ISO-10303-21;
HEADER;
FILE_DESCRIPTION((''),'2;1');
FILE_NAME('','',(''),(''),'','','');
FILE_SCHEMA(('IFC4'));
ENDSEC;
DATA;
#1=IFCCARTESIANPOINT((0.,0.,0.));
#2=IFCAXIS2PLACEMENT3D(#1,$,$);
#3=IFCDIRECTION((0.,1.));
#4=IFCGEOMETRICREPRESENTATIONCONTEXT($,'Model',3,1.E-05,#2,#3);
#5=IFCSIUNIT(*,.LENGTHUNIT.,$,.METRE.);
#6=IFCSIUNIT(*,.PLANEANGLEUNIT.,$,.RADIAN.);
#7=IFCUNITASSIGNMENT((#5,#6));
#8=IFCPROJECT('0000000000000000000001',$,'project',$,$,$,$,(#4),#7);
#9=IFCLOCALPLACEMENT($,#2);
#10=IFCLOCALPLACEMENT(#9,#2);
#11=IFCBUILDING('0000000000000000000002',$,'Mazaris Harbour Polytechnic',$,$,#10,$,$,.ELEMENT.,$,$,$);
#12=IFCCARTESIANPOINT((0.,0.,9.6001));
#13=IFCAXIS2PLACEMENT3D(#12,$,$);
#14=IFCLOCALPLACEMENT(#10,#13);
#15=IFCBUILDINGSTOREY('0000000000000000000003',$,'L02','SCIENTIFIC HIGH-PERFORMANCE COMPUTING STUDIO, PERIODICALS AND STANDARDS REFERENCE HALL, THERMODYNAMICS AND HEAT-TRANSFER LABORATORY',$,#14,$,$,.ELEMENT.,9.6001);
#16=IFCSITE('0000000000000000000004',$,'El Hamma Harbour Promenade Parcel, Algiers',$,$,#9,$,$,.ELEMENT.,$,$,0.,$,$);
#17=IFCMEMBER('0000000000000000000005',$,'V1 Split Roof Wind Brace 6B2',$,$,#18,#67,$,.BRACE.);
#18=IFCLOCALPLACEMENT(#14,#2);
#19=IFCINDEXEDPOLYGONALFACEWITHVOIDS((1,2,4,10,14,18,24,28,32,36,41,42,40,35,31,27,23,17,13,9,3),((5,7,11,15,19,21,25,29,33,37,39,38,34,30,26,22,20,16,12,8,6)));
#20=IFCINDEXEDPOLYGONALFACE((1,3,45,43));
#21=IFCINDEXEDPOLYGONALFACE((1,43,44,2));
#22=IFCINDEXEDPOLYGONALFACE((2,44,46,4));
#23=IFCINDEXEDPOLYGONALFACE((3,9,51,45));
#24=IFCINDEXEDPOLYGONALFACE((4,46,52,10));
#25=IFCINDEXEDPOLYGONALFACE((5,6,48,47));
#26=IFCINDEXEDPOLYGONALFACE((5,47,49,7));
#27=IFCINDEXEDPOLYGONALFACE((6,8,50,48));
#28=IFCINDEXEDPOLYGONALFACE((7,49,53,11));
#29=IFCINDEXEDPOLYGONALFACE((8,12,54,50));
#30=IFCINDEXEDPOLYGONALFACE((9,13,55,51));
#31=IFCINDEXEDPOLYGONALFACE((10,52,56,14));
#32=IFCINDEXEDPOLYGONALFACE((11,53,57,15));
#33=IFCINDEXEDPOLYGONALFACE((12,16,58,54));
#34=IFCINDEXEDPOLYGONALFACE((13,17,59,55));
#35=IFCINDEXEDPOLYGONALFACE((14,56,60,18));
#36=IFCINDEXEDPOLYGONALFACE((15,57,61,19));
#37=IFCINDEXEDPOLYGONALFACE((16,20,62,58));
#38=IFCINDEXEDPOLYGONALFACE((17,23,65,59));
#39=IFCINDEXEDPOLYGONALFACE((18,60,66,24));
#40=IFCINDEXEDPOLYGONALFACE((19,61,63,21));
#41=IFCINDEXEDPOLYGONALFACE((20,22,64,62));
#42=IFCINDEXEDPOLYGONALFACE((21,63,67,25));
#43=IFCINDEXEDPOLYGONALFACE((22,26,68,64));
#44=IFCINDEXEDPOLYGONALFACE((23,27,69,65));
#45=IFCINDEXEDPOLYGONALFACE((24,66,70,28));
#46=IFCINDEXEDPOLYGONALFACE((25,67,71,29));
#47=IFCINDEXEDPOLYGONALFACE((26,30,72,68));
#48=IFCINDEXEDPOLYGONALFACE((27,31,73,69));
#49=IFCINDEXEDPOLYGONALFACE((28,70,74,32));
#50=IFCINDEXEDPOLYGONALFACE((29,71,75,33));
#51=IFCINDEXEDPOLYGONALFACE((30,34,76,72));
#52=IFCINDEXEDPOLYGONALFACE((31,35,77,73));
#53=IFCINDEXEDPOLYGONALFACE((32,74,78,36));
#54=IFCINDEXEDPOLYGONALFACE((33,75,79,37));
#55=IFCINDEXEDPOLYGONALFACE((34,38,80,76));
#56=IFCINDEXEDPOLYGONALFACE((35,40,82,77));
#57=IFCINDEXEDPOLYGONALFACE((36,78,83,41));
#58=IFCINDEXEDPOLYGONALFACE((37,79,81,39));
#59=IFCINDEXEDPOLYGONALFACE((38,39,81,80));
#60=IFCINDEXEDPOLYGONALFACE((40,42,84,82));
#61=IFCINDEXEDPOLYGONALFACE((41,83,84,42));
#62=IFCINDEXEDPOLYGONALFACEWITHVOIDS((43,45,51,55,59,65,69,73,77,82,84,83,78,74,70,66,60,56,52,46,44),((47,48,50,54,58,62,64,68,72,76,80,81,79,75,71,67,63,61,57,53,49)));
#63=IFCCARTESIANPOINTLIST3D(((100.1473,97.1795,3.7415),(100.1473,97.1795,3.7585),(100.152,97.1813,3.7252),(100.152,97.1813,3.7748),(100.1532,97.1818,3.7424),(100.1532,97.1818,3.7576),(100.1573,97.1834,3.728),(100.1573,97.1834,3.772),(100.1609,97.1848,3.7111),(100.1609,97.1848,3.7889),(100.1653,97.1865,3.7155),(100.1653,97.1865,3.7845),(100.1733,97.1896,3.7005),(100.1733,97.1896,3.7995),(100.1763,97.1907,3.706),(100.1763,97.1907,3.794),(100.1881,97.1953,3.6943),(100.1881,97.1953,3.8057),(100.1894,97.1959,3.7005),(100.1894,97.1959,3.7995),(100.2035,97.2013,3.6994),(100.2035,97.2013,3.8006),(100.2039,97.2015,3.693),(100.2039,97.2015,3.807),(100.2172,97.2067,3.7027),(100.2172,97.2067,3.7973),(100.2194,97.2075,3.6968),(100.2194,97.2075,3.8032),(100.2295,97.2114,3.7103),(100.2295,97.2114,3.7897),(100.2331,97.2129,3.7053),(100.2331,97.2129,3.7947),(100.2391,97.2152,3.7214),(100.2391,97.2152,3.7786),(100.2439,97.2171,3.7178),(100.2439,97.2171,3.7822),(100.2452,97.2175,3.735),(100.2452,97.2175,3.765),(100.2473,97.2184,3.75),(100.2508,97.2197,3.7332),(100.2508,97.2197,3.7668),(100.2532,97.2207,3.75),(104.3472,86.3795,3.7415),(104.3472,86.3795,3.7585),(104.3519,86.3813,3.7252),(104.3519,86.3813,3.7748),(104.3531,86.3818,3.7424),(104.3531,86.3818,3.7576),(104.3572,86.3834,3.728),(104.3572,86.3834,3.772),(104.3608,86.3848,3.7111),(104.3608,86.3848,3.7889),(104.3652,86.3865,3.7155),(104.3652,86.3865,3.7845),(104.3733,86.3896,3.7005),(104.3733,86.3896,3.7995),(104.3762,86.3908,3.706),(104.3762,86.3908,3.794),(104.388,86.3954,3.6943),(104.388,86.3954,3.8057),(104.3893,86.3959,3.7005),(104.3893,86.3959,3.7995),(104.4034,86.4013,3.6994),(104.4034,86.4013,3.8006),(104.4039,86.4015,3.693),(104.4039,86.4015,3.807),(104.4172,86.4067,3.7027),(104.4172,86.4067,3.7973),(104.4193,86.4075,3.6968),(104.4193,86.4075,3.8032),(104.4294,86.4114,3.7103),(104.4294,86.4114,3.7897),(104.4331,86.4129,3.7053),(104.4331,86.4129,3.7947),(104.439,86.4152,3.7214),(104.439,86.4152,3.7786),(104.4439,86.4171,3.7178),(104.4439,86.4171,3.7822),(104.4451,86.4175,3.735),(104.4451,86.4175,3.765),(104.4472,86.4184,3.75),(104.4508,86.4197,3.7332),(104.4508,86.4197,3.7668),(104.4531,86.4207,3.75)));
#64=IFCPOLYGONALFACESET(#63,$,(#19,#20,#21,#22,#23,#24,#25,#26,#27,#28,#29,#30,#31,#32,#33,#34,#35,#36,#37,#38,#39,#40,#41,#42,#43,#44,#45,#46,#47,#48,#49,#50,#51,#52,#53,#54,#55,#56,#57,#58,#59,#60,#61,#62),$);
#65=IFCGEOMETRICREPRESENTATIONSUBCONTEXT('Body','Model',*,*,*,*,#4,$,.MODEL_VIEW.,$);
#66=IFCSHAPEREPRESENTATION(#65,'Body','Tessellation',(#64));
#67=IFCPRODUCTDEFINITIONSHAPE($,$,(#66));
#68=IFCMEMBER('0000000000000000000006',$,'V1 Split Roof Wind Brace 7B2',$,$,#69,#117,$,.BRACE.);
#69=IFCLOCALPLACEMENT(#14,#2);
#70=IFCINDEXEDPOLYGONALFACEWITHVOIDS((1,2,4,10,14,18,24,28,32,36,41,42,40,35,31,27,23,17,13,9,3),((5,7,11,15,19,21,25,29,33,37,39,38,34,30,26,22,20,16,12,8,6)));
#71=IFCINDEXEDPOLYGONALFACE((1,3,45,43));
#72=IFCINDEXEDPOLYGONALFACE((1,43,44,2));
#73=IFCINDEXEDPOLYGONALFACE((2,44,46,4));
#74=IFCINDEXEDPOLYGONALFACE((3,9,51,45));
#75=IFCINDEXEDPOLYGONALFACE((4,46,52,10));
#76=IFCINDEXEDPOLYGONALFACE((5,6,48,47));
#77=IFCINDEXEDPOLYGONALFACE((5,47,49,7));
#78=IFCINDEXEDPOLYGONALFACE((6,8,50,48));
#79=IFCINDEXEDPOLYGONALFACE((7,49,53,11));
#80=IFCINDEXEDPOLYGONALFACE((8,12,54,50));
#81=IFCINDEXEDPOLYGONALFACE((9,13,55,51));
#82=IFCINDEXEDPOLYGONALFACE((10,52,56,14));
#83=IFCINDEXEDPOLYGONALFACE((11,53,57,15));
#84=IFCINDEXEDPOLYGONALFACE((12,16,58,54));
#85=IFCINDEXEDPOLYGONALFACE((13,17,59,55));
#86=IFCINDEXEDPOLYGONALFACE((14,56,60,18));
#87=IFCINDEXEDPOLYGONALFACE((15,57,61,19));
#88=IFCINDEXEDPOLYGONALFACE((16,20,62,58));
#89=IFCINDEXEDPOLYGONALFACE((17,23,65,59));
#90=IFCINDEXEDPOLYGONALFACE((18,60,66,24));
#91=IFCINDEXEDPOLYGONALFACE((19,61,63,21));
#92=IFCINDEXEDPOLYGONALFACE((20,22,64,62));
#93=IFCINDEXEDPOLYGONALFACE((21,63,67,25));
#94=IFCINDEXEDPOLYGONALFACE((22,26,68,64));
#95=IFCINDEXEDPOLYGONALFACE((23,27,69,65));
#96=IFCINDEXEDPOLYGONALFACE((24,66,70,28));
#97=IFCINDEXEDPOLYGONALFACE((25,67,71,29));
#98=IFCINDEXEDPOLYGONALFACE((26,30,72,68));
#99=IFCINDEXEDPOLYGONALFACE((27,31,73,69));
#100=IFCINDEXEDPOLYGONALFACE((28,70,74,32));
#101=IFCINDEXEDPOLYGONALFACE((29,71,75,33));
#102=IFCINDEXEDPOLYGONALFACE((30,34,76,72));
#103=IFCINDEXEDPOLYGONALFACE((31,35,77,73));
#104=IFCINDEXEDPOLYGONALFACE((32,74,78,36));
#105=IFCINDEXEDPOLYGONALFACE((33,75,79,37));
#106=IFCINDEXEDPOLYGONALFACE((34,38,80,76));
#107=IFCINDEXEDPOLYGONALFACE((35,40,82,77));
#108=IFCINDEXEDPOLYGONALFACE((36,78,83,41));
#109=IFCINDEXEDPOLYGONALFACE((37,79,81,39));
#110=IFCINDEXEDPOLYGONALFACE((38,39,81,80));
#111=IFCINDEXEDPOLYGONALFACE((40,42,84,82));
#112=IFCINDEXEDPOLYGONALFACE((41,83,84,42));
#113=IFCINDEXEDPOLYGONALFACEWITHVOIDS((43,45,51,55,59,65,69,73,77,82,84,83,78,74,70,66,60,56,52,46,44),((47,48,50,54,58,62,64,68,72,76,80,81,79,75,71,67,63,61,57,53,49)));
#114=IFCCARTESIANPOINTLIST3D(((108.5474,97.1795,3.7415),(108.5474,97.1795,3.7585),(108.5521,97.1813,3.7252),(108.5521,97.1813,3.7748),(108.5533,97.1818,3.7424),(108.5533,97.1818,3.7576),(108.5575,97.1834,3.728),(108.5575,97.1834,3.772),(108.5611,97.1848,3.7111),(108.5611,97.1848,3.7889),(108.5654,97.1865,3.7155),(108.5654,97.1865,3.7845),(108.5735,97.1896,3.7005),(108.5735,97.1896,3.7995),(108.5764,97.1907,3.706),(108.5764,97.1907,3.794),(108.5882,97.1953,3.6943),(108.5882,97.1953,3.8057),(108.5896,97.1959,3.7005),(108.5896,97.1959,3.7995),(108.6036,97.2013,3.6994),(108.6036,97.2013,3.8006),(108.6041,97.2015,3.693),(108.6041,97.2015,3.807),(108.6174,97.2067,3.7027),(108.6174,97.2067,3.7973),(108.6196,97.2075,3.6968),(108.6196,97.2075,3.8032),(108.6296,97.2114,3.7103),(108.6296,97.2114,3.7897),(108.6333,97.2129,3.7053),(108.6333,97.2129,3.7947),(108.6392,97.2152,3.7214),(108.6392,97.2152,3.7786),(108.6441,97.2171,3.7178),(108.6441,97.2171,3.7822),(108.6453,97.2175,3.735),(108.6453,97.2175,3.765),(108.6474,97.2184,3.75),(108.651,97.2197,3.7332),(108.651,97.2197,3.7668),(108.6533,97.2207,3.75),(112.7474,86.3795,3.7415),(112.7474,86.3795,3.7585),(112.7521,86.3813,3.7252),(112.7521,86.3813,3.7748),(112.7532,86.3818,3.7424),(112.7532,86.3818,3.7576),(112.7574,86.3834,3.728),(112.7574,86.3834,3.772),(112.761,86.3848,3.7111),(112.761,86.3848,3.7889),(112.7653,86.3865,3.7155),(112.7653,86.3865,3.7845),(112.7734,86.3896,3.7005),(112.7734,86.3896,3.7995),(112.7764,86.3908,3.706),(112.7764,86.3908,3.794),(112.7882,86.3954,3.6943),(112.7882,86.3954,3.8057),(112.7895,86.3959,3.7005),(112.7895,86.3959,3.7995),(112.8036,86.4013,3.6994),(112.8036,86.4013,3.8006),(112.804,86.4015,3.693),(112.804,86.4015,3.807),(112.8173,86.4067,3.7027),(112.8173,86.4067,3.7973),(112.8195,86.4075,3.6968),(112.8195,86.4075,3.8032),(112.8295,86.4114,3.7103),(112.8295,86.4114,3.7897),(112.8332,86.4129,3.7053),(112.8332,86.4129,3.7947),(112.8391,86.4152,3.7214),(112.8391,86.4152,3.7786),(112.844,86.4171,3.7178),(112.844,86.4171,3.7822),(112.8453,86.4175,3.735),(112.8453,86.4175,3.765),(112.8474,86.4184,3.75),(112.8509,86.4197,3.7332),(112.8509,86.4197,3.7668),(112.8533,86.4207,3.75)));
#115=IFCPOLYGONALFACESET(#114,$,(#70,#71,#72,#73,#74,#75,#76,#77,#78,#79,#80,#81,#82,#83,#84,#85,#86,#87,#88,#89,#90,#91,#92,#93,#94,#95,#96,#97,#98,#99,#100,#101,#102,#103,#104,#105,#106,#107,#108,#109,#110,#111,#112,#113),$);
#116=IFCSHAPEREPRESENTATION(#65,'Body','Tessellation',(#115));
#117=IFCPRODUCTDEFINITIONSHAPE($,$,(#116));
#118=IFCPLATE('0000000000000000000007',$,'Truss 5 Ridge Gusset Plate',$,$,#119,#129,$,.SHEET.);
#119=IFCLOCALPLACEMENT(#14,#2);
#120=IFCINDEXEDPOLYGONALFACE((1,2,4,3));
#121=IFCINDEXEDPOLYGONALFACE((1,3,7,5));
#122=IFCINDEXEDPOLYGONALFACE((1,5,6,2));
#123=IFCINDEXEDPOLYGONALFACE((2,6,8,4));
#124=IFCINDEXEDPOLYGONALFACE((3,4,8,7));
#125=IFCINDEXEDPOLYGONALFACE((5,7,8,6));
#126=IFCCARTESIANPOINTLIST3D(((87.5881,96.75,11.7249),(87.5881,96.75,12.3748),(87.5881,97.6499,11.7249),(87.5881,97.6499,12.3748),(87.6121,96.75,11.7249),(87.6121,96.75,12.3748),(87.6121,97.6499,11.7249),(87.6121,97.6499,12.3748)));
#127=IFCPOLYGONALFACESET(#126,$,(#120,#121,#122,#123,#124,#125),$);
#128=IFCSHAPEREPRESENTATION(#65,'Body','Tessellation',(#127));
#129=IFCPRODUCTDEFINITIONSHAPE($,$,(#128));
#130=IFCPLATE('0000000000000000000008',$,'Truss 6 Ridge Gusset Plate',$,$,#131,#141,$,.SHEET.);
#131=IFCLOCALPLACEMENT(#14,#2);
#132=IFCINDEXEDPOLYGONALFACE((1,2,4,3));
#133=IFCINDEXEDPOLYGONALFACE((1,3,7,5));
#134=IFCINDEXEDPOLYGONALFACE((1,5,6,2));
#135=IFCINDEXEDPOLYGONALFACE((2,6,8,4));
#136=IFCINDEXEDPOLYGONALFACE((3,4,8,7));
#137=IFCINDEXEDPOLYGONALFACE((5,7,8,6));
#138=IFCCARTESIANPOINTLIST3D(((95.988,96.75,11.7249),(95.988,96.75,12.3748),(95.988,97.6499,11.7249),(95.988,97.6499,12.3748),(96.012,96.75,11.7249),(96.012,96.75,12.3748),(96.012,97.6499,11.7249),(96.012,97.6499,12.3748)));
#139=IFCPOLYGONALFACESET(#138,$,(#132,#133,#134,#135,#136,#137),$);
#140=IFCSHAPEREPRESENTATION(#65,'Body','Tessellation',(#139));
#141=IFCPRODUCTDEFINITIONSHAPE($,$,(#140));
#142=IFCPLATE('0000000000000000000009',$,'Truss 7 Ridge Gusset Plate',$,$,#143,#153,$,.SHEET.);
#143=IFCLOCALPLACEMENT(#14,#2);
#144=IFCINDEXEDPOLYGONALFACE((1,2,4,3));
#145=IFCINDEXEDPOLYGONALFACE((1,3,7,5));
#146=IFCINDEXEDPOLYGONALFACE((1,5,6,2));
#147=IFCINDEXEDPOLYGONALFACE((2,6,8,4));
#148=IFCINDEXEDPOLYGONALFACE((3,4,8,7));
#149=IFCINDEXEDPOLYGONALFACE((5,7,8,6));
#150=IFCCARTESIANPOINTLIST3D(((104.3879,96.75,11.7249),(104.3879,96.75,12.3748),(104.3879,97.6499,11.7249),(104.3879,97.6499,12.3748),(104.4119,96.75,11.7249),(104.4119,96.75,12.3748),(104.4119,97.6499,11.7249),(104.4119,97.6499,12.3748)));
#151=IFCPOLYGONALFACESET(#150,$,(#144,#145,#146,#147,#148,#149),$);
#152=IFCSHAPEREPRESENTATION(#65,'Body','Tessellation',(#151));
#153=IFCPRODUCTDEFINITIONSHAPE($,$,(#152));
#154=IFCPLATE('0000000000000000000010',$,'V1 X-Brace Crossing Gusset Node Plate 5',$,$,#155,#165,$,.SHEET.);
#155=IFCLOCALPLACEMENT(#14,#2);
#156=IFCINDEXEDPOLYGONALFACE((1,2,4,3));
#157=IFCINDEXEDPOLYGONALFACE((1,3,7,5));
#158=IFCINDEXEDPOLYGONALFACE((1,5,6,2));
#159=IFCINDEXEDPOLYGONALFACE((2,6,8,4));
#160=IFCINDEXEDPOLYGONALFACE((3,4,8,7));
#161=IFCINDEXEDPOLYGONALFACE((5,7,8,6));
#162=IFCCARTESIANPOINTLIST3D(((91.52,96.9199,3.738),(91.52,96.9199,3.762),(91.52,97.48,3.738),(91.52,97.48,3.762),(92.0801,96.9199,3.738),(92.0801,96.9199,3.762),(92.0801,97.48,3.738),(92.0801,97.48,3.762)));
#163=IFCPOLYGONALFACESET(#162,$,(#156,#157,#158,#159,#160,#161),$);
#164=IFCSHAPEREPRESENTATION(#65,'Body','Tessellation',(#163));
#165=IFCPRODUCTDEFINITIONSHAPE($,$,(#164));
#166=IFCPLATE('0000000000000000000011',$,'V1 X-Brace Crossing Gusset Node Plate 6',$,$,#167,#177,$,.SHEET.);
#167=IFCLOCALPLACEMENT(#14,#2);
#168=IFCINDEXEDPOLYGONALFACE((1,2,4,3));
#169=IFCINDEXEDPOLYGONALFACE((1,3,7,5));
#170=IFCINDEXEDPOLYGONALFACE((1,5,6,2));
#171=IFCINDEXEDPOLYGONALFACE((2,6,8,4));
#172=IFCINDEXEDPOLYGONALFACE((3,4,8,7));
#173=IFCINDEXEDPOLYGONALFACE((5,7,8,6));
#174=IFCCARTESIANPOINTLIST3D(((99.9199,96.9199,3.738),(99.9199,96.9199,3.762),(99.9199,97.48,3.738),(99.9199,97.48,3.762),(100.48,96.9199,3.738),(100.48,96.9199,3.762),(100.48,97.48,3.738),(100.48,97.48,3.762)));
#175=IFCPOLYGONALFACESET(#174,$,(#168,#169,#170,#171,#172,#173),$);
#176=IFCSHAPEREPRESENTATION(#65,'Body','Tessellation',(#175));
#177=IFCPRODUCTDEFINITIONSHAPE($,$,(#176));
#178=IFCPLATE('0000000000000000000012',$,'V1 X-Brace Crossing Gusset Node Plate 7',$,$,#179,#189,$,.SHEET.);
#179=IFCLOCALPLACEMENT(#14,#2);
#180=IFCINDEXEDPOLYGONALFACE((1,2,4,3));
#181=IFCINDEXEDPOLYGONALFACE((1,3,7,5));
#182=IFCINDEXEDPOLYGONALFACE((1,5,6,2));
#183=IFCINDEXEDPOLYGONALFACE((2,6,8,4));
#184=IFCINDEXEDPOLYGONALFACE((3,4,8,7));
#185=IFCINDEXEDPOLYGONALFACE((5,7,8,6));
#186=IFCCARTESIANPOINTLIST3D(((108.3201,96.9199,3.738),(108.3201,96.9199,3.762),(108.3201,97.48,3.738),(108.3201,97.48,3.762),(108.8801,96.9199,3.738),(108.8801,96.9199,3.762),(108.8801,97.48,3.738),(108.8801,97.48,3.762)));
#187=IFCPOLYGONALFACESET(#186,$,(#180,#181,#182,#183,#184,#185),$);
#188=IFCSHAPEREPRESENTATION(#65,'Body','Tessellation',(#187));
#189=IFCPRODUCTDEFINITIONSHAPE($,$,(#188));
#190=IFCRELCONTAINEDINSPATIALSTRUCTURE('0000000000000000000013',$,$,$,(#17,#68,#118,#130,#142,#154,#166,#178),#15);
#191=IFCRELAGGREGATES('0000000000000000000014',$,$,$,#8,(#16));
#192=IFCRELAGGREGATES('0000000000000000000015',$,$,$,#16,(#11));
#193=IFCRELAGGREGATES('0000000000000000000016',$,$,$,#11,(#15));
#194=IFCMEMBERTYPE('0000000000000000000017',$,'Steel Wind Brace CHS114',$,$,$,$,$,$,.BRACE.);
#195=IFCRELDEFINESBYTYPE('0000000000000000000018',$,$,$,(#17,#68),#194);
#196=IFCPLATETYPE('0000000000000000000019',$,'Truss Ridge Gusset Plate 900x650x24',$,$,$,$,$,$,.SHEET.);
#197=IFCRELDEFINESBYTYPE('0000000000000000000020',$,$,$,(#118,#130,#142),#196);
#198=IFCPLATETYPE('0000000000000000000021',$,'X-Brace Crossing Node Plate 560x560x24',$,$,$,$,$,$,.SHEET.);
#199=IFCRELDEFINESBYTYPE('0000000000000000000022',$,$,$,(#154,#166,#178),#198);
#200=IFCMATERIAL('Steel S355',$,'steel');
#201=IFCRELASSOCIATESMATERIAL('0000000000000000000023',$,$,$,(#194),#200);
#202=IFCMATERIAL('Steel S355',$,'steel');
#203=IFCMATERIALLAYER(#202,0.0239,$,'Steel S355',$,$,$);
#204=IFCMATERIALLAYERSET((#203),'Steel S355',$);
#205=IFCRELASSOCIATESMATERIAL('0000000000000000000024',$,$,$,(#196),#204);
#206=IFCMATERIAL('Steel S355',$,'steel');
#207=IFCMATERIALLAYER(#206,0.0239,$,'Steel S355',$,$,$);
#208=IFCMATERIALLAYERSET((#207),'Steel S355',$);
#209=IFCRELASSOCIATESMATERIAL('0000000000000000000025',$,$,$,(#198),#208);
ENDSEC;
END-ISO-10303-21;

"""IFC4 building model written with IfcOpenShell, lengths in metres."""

from ifc_helpers import new_model, si_unit, direction, frame, origin, origin_2d, place, context, subcontext, project, spatial, rectangle, hollow_circle, extrude, material, layer, layer_set, material_profile, profile_set, type_object, element, save


model = new_model("IFC4")

# Units and contexts
model_context = context("Model", 3, precision=1e-05, world=origin(), true_north=direction((0.0, 1.0)))
body_context = subcontext(model_context, "Body", "Model", "MODEL_VIEW")
ifc_project = project(units=[si_unit("LENGTHUNIT", "METRE"), si_unit("PLANEANGLEUNIT", "RADIAN")], contexts=[model_context])

# Site, building, storey
site_placement = place(None, origin())
site = spatial("IfcSite", under=ifc_project, at=site_placement, Name="El Hamma Harbour Promenade Parcel, Algiers", CompositionType="ELEMENT", RefElevation=0.0)
building_placement = place(site_placement, origin())
building = spatial("IfcBuilding", under=site, at=building_placement, Name="Mazaris Harbour Polytechnic", CompositionType="ELEMENT")
storey_placement = place(building_placement, frame((0.0, 0.0, 9.6001)))
storey = spatial("IfcBuildingStorey", under=building, at=storey_placement, Name="L02", Description="SCIENTIFIC HIGH-PERFORMANCE COMPUTING STUDIO, PERIODICALS AND STANDARDS REFERENCE HALL, THERMODYNAMICS AND HEAT-TRANSFER LABORATORY", CompositionType="ELEMENT", Elevation=9.6001)

# Members
ifc_material_1 = material(Name="Steel S355", Category="steel")
ifc_material_profile_1 = material_profile(ifc_material_1, hollow_circle(Radius=0.0571, WallThickness=0.0063, at=origin_2d()), Name="CHS 114.3x6.3")
ifc_profile_set_1 = profile_set([ifc_material_profile_1], Name="Steel S355")
member_type_1 = type_object("IfcMemberType", Name="Steel Wind Brace CHS114", PredefinedType="BRACE", material=ifc_profile_set_1)
for number, where, z_axis, x_axis, name in (
    (1, (100.2, 97.2, 3.75), (0.362441, -0.932007, 0.0), (0.932007, 0.362441, 0.0), "V1 Split Roof Wind Brace 6B2"),
    (2, (108.6001, 97.2, 3.75), (0.362441, -0.932007, 0.0), (0.932007, 0.362441, 0.0), "V1 Split Roof Wind Brace 7B2"),
):
    element("IfcMember", number, at=place(storey_placement, frame(where, z_axis=z_axis, x_axis=x_axis)), inside=storey, type_object=member_type_1, Name=name, PredefinedType="BRACE", context=body_context, shape_type="SweptSolid", body=[
        extrude(hollow_circle(Radius=0.0571, WallThickness=0.0063, at=origin_2d()), origin(), (0.0, 0.0, 1.0), 11.5879),
    ])

# Plates
ifc_material_2 = material(Name="Steel S355", Category="steel")
ifc_layer_1 = layer(ifc_material_2, 0.0239, Name="Steel S355")
ifc_layer_set_1 = layer_set([ifc_layer_1], Name="Steel S355")
plate_type_1 = type_object("IfcPlateType", Name="Truss Ridge Gusset Plate 900x650x24", PredefinedType="SHEET", material=ifc_layer_set_1)
for number, where, z_axis, x_axis, name in (
    (3, (87.6001, 97.2, 11.7249), (0.0, 0.0, 1.0), (0.0, 1.0, 0.0), "Truss 5 Ridge Gusset Plate"),
    (4, (96.0, 97.2, 11.7249), (0.0, 0.0, 1.0), (0.0, 1.0, 0.0), "Truss 6 Ridge Gusset Plate"),
    (5, (104.3999, 97.2, 11.7249), (0.0, 0.0, 1.0), (0.0, 1.0, 0.0), "Truss 7 Ridge Gusset Plate"),
):
    element("IfcPlate", number, at=place(storey_placement, frame(where, z_axis=z_axis, x_axis=x_axis)), inside=storey, type_object=plate_type_1, Name=name, PredefinedType="SHEET", context=body_context, shape_type="SweptSolid", body=[
        extrude(rectangle(XDim=0.8999, YDim=0.0239, at=origin_2d()), origin(), (0.0, 0.0, 1.0), 0.6499),
    ])
ifc_material_3 = material(Name="Steel S355", Category="steel")
ifc_layer_2 = layer(ifc_material_3, 0.0239, Name="Steel S355")
ifc_layer_set_2 = layer_set([ifc_layer_2], Name="Steel S355")
plate_type_2 = type_object("IfcPlateType", Name="X-Brace Crossing Node Plate 560x560x24", PredefinedType="SHEET", material=ifc_layer_set_2)
for number, where, z_axis, x_axis, name in (
    (6, (91.8, 97.2, 3.738), (0.0, 0.0, 1.0), (1.0, 0.0, 0.0), "V1 X-Brace Crossing Gusset Node Plate 5"),
    (7, (100.2, 97.2, 3.738), (0.0, 0.0, 1.0), (1.0, 0.0, 0.0), "V1 X-Brace Crossing Gusset Node Plate 6"),
    (8, (108.6001, 97.2, 3.738), (0.0, 0.0, 1.0), (1.0, 0.0, 0.0), "V1 X-Brace Crossing Gusset Node Plate 7"),
):
    element("IfcPlate", number, at=place(storey_placement, frame(where, z_axis=z_axis, x_axis=x_axis)), inside=storey, type_object=plate_type_2, Name=name, PredefinedType="SHEET", context=body_context, shape_type="SweptSolid", body=[
        extrude(rectangle(XDim=0.5601, YDim=0.5601, at=origin_2d()), origin(), (0.0, 0.0, 1.0), 0.0239),
    ])

save(model, "model.ifc")
